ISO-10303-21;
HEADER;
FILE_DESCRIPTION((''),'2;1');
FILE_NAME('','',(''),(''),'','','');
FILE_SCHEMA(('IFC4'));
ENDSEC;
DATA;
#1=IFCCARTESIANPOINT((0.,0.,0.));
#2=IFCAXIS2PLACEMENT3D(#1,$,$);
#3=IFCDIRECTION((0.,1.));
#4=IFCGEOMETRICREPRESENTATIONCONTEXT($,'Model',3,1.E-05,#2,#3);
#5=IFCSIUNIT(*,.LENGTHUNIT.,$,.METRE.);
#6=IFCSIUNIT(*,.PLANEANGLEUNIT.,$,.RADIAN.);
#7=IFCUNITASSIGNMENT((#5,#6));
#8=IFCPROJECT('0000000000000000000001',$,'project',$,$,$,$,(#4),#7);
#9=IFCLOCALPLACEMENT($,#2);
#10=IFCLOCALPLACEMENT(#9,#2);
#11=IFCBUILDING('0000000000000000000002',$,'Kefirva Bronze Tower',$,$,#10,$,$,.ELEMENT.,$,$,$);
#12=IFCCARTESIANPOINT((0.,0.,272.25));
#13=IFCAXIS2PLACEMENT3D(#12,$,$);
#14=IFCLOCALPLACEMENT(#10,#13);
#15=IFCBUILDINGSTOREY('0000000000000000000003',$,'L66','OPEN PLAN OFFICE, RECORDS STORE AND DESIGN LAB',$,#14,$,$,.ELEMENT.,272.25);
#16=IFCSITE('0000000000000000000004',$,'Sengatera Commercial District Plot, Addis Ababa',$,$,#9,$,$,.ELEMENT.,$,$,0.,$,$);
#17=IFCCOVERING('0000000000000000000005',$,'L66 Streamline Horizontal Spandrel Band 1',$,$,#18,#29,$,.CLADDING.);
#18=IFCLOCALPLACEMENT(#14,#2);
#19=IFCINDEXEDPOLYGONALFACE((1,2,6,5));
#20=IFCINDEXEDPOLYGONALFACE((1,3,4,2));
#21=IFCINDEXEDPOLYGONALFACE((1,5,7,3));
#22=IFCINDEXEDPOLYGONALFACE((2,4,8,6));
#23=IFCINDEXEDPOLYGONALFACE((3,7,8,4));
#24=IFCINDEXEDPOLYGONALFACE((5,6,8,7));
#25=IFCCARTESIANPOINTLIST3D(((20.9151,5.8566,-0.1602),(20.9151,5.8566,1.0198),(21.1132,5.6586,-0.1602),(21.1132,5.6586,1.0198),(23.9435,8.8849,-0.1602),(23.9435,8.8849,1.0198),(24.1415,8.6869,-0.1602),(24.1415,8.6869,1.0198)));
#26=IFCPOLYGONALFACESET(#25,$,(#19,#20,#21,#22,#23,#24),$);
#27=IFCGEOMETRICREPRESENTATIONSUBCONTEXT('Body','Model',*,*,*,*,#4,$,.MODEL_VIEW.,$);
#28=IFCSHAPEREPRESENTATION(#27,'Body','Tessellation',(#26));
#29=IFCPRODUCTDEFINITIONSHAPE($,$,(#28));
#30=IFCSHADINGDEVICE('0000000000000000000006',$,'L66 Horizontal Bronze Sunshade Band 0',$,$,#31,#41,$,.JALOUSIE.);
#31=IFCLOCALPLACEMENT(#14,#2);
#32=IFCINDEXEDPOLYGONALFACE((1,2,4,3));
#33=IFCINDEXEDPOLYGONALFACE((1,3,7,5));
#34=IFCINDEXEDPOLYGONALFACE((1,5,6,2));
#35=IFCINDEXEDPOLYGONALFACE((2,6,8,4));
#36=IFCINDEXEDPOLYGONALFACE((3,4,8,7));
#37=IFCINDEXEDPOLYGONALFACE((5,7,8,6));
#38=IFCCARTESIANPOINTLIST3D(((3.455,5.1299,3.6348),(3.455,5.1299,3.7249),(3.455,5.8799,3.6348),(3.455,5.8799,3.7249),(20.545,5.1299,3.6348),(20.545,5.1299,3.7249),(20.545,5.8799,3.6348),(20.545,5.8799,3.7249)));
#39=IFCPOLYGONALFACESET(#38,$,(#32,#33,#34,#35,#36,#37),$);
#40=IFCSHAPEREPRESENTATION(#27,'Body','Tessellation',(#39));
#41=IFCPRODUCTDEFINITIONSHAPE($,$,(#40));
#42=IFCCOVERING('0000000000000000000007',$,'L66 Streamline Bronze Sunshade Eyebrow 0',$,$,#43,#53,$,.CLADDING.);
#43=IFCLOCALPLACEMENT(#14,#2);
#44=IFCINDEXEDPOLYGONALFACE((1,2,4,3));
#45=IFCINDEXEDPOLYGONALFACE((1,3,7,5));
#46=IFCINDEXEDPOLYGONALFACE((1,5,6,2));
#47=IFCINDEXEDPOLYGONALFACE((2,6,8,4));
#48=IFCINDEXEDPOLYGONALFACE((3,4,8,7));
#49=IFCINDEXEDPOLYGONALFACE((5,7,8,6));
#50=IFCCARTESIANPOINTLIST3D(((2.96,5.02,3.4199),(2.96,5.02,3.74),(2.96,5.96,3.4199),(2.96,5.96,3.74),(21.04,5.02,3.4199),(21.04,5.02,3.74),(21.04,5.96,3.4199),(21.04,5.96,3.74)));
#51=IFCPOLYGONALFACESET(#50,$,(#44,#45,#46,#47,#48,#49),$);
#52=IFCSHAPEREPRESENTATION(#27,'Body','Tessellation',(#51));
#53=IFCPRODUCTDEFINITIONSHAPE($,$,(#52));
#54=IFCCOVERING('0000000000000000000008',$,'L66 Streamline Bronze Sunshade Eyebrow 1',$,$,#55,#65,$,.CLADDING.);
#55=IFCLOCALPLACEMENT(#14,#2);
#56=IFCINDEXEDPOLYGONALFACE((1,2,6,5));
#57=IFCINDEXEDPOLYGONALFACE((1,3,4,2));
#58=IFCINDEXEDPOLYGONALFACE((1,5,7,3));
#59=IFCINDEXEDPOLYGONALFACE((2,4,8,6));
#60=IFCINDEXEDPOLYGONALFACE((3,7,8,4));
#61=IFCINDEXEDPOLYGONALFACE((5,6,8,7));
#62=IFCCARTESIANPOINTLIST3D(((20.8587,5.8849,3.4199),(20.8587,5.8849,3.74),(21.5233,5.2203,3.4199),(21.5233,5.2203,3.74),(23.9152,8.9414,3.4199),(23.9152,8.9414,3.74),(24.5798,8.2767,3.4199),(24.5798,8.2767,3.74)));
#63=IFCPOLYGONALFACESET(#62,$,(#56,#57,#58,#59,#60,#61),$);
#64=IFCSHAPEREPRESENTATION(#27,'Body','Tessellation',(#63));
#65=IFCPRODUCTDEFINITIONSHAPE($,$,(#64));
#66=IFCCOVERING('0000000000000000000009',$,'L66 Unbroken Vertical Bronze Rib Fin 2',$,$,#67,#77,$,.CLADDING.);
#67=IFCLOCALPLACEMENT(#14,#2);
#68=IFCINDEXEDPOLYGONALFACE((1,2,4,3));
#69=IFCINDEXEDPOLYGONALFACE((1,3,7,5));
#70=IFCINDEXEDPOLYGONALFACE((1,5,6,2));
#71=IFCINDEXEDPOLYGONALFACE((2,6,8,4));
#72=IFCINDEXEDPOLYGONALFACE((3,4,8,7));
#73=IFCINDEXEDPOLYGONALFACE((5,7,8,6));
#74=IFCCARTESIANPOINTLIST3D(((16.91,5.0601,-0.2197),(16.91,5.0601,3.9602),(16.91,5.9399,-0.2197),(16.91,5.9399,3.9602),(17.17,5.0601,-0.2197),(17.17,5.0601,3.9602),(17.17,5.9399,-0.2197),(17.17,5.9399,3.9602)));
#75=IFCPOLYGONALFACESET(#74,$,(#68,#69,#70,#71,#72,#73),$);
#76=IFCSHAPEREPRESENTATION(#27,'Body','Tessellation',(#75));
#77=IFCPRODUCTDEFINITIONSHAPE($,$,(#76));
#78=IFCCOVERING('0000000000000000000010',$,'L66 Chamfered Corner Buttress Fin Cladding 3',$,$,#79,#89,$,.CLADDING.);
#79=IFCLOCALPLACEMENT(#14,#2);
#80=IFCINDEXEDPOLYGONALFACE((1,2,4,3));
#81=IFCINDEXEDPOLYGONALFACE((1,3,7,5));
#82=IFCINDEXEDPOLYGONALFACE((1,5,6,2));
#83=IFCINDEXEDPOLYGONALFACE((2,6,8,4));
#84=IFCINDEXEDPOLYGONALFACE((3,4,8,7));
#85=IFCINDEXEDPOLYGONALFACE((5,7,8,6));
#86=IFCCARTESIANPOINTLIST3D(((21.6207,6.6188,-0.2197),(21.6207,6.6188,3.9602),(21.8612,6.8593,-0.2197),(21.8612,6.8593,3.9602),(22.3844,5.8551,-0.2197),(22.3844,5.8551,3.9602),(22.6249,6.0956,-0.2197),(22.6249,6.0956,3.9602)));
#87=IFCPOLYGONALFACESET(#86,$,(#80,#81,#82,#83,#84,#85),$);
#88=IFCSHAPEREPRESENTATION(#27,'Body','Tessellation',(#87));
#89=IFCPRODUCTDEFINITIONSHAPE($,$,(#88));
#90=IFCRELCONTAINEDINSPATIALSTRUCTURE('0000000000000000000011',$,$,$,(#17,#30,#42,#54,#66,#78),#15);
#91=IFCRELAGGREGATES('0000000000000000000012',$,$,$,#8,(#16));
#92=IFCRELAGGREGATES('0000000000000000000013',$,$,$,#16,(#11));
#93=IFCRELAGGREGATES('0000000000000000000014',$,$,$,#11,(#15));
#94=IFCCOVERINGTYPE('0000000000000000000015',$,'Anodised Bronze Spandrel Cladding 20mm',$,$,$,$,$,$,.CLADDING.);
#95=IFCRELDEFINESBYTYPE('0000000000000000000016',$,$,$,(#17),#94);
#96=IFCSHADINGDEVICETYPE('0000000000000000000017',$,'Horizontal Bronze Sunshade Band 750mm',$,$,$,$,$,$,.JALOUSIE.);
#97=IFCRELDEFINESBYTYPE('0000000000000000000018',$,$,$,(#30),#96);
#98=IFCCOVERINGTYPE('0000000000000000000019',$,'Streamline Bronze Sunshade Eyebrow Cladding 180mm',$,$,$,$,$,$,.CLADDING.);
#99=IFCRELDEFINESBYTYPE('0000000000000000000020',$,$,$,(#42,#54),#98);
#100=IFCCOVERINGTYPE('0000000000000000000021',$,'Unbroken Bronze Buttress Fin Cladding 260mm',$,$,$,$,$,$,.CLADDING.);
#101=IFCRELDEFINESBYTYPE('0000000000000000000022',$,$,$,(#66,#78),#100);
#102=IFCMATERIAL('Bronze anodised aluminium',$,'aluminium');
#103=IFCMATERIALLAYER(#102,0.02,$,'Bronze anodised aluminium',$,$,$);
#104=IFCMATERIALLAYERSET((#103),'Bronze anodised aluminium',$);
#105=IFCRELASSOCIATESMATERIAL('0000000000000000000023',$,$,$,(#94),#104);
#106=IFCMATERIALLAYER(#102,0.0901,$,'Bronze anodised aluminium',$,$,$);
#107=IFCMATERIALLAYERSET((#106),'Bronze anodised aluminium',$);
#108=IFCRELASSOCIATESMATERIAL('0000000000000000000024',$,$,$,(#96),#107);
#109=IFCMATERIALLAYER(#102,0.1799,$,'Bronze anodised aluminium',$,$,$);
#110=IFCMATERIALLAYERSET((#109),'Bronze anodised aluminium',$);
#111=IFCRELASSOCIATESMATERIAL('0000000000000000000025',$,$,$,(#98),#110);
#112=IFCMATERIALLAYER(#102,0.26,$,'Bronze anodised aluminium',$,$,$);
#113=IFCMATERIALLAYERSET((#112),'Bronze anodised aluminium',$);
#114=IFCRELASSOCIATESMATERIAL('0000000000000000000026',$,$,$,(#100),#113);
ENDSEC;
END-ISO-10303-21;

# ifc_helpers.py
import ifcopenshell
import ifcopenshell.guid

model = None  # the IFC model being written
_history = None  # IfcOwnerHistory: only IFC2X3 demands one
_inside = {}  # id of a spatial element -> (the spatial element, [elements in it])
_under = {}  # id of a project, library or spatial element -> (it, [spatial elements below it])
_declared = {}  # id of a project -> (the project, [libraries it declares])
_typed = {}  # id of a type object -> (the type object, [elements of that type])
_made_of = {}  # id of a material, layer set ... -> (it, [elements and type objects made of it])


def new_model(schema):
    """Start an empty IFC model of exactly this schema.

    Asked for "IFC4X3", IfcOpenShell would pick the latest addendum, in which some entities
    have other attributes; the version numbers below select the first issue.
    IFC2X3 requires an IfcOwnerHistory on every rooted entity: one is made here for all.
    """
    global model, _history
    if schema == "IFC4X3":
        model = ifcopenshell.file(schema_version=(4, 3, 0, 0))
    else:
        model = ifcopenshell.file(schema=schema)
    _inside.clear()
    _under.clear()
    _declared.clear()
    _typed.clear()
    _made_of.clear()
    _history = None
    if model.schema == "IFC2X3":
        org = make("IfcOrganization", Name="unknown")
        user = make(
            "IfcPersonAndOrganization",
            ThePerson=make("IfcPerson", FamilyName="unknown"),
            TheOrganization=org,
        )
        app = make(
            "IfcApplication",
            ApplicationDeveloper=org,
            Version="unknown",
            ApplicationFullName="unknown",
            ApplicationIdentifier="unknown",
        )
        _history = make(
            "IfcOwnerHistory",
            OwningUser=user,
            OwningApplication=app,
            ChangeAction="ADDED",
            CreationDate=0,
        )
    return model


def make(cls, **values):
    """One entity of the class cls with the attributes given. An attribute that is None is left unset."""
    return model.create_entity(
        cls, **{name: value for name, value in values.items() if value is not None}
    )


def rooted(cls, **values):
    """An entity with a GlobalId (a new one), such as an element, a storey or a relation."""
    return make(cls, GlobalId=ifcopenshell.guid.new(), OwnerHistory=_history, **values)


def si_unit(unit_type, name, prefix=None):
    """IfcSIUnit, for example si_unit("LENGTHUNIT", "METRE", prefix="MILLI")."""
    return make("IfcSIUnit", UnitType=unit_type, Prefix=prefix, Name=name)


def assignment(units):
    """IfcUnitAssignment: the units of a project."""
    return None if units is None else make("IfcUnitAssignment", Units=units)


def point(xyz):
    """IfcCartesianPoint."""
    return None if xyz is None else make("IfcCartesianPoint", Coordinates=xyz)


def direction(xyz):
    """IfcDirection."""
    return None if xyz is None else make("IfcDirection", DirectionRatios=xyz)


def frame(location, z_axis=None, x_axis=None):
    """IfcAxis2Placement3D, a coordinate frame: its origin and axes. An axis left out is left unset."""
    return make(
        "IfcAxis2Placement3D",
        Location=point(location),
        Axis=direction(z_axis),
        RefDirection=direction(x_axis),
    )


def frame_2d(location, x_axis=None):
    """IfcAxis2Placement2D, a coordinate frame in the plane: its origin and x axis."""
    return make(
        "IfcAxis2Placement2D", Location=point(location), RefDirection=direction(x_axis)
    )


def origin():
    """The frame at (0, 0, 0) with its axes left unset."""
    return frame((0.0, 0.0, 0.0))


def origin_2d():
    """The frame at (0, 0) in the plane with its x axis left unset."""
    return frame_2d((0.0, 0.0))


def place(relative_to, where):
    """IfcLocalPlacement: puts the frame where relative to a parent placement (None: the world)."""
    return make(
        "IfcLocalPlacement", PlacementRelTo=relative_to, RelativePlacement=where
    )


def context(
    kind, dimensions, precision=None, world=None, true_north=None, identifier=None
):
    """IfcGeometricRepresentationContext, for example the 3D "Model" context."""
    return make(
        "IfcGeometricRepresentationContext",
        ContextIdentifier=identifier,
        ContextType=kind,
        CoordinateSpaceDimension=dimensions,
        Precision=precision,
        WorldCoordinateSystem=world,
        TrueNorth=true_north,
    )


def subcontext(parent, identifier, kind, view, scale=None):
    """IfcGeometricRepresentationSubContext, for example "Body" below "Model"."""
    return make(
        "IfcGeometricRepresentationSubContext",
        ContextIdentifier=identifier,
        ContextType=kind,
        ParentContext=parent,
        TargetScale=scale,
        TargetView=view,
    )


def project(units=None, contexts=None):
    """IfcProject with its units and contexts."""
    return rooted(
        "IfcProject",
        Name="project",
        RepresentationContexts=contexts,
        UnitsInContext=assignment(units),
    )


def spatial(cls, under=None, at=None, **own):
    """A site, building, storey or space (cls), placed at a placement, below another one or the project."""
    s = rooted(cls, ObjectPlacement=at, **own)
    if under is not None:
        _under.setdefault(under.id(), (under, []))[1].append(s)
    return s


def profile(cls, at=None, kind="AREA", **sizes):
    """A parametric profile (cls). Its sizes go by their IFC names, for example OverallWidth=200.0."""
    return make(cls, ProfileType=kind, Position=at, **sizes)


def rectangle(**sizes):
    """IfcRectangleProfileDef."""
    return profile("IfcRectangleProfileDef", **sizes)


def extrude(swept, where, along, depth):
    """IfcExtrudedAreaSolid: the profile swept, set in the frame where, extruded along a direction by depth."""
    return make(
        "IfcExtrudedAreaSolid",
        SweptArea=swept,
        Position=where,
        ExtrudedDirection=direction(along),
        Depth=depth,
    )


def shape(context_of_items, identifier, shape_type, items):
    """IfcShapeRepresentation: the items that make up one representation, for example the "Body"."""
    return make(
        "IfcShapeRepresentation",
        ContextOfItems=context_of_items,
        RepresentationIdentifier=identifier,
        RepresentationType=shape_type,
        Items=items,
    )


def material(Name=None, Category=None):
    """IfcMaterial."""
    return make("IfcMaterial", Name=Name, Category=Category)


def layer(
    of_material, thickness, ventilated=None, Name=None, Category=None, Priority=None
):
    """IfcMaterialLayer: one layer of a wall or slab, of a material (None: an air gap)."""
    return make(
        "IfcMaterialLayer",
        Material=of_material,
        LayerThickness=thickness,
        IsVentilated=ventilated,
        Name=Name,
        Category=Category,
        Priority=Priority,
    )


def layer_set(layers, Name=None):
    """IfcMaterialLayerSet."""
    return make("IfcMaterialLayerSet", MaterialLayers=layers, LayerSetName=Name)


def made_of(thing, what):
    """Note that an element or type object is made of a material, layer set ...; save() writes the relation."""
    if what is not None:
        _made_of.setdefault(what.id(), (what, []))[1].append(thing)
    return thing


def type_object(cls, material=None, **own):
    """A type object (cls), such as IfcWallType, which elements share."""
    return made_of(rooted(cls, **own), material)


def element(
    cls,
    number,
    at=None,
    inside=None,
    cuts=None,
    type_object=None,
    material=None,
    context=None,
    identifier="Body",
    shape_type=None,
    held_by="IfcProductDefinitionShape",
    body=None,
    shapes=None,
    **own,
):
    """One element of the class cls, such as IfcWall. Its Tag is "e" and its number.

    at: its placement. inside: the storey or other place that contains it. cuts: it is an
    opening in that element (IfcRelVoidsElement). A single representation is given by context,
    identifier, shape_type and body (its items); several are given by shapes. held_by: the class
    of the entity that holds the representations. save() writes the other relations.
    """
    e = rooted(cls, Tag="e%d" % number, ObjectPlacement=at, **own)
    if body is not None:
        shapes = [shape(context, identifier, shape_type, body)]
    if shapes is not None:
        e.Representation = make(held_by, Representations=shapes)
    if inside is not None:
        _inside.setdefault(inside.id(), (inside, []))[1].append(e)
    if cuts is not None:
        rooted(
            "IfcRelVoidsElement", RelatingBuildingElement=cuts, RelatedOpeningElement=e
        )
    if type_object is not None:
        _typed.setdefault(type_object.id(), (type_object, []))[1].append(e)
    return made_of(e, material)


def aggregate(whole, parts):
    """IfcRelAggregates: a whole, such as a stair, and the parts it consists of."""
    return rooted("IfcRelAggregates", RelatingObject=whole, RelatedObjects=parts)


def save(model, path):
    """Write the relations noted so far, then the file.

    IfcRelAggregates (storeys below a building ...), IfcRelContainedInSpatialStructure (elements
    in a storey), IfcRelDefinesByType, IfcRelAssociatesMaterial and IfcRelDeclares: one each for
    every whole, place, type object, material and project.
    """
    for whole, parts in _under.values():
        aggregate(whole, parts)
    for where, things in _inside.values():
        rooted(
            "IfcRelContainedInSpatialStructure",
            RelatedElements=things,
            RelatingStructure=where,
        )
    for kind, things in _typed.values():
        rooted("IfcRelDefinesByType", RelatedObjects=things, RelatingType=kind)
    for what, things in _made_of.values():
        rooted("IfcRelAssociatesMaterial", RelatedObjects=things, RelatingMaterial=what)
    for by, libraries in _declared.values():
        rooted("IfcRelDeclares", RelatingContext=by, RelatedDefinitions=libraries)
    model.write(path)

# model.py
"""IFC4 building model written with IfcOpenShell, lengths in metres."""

from ifc_helpers import new_model, si_unit, direction, frame, origin, origin_2d, place, context, subcontext, project, spatial, rectangle, extrude, material, layer, layer_set, type_object, element, save


model = new_model("IFC4")

# Units and contexts
model_context = context("Model", 3, precision=1e-05, world=origin(), true_north=direction((0.0, 1.0)))
body_context = subcontext(model_context, "Body", "Model", "MODEL_VIEW")
ifc_project = project(units=[si_unit("LENGTHUNIT", "METRE"), si_unit("PLANEANGLEUNIT", "RADIAN")], contexts=[model_context])

# Site, building, storey
site_placement = place(None, origin())
site = spatial("IfcSite", under=ifc_project, at=site_placement, Name="Sengatera Commercial District Plot, Addis Ababa", CompositionType="ELEMENT", RefElevation=0.0)
building_placement = place(site_placement, origin())
building = spatial("IfcBuilding", under=site, at=building_placement, Name="Kefirva Bronze Tower", CompositionType="ELEMENT")
storey_placement = place(building_placement, frame((0.0, 0.0, 272.25)))
storey = spatial("IfcBuildingStorey", under=building, at=storey_placement, Name="L66", Description="OPEN PLAN OFFICE, RECORDS STORE AND DESIGN LAB", CompositionType="ELEMENT", Elevation=272.25)

# Shared definitions
ifc_material_1 = material(Name="Bronze anodised aluminium", Category="aluminium")

# Covering
ifc_layer_1 = layer(ifc_material_1, 0.02, Name="Bronze anodised aluminium")
ifc_layer_set_1 = layer_set([ifc_layer_1], Name="Bronze anodised aluminium")
covering_type_1 = type_object("IfcCoveringType", Name="Anodised Bronze Spandrel Cladding 20mm", PredefinedType="CLADDING", material=ifc_layer_set_1)
covering_1_placement = place(storey_placement, frame((22.5283, 7.2717, -0.1602), z_axis=(0.0, 0.0, 1.0), x_axis=(0.707107, 0.707107, 0.0)))
element("IfcCovering", 1, at=covering_1_placement, inside=storey, type_object=covering_type_1, Name="L66 Streamline Horizontal Spandrel Band 1", PredefinedType="CLADDING", context=body_context, shape_type="SweptSolid", body=[
    extrude(rectangle(XDim=4.2827, YDim=0.28, at=origin_2d()), origin(), (0.0, 0.0, 1.0), 1.1799),
])

# Shading device
ifc_layer_2 = layer(ifc_material_1, 0.0901, Name="Bronze anodised aluminium")
ifc_layer_set_2 = layer_set([ifc_layer_2], Name="Bronze anodised aluminium")
shading_device_type = type_object("IfcShadingDeviceType", Name="Horizontal Bronze Sunshade Band 750mm", PredefinedType="JALOUSIE", material=ifc_layer_set_2)
shading_device_placement = place(storey_placement, frame((12.0, 5.5049, 3.6348), z_axis=(0.0, 0.0, 1.0), x_axis=(1.0, 0.0, 0.0)))
element("IfcShadingDevice", 2, at=shading_device_placement, inside=storey, type_object=shading_device_type, Name="L66 Horizontal Bronze Sunshade Band 0", PredefinedType="JALOUSIE", context=body_context, shape_type="SweptSolid", body=[
    extrude(rectangle(XDim=17.0901, YDim=0.75, at=origin_2d()), origin(), (0.0, 0.0, 1.0), 0.0901),
])

# Coverings
ifc_layer_3 = layer(ifc_material_1, 0.1799, Name="Bronze anodised aluminium")
ifc_layer_set_3 = layer_set([ifc_layer_3], Name="Bronze anodised aluminium")
covering_type_2 = type_object("IfcCoveringType", Name="Streamline Bronze Sunshade Eyebrow Cladding 180mm", PredefinedType="CLADDING", material=ifc_layer_set_3)
covering_2_placement = place(storey_placement, frame((12.0, 5.49, 3.4199), z_axis=(0.0, 0.0, 1.0), x_axis=(1.0, 0.0, 0.0)))
element("IfcCovering", 3, at=covering_2_placement, inside=storey, type_object=covering_type_2, Name="L66 Streamline Bronze Sunshade Eyebrow 0", PredefinedType="CLADDING", context=body_context, shape_type="SweptSolid", body=[
    extrude(rectangle(XDim=18.0801, YDim=0.9399, at=origin_2d()), origin(), (0.0, 0.0, 1.0), 0.3201),
])
covering_3_placement = place(storey_placement, frame((22.7192, 7.0808, 3.4199), z_axis=(0.0, 0.0, 1.0), x_axis=(0.707107, 0.707107, 0.0)))
element("IfcCovering", 4, at=covering_3_placement, inside=storey, type_object=covering_type_2, Name="L66 Streamline Bronze Sunshade Eyebrow 1", PredefinedType="CLADDING", context=body_context, shape_type="SweptSolid", body=[
    extrude(rectangle(XDim=4.3225, YDim=0.9399, at=origin_2d()), origin(), (0.0, 0.0, 1.0), 0.3201),
])
ifc_layer_4 = layer(ifc_material_1, 0.26, Name="Bronze anodised aluminium")
ifc_layer_set_4 = layer_set([ifc_layer_4], Name="Bronze anodised aluminium")
covering_type_3 = type_object("IfcCoveringType", Name="Unbroken Bronze Buttress Fin Cladding 260mm", PredefinedType="CLADDING", material=ifc_layer_set_4)
covering_4_placement = place(storey_placement, frame((17.04, 5.5, -0.2197), z_axis=(0.0, 0.0, 1.0), x_axis=(1.0, 0.0, 0.0)))
element("IfcCovering", 5, at=covering_4_placement, inside=storey, type_object=covering_type_3, Name="L66 Unbroken Vertical Bronze Rib Fin 2", PredefinedType="CLADDING", context=body_context, shape_type="SweptSolid", body=[
    extrude(rectangle(XDim=0.26, YDim=0.8799, at=origin_2d()), origin(), (0.0, 0.0, 1.0), 4.1799),
])
covering_5_placement = place(storey_placement, frame((22.1228, 6.3572, -0.2197), z_axis=(0.0, 0.0, 1.0), x_axis=(0.707107, 0.707107, 0.0)))
element("IfcCovering", 6, at=covering_5_placement, inside=storey, type_object=covering_type_3, Name="L66 Chamfered Corner Buttress Fin Cladding 3", PredefinedType="CLADDING", context=body_context, shape_type="SweptSolid", body=[
    extrude(rectangle(XDim=0.3401, YDim=1.0801, at=origin_2d()), origin(), (0.0, 0.0, 1.0), 4.1799),
])

save(model, "model.ifc")
